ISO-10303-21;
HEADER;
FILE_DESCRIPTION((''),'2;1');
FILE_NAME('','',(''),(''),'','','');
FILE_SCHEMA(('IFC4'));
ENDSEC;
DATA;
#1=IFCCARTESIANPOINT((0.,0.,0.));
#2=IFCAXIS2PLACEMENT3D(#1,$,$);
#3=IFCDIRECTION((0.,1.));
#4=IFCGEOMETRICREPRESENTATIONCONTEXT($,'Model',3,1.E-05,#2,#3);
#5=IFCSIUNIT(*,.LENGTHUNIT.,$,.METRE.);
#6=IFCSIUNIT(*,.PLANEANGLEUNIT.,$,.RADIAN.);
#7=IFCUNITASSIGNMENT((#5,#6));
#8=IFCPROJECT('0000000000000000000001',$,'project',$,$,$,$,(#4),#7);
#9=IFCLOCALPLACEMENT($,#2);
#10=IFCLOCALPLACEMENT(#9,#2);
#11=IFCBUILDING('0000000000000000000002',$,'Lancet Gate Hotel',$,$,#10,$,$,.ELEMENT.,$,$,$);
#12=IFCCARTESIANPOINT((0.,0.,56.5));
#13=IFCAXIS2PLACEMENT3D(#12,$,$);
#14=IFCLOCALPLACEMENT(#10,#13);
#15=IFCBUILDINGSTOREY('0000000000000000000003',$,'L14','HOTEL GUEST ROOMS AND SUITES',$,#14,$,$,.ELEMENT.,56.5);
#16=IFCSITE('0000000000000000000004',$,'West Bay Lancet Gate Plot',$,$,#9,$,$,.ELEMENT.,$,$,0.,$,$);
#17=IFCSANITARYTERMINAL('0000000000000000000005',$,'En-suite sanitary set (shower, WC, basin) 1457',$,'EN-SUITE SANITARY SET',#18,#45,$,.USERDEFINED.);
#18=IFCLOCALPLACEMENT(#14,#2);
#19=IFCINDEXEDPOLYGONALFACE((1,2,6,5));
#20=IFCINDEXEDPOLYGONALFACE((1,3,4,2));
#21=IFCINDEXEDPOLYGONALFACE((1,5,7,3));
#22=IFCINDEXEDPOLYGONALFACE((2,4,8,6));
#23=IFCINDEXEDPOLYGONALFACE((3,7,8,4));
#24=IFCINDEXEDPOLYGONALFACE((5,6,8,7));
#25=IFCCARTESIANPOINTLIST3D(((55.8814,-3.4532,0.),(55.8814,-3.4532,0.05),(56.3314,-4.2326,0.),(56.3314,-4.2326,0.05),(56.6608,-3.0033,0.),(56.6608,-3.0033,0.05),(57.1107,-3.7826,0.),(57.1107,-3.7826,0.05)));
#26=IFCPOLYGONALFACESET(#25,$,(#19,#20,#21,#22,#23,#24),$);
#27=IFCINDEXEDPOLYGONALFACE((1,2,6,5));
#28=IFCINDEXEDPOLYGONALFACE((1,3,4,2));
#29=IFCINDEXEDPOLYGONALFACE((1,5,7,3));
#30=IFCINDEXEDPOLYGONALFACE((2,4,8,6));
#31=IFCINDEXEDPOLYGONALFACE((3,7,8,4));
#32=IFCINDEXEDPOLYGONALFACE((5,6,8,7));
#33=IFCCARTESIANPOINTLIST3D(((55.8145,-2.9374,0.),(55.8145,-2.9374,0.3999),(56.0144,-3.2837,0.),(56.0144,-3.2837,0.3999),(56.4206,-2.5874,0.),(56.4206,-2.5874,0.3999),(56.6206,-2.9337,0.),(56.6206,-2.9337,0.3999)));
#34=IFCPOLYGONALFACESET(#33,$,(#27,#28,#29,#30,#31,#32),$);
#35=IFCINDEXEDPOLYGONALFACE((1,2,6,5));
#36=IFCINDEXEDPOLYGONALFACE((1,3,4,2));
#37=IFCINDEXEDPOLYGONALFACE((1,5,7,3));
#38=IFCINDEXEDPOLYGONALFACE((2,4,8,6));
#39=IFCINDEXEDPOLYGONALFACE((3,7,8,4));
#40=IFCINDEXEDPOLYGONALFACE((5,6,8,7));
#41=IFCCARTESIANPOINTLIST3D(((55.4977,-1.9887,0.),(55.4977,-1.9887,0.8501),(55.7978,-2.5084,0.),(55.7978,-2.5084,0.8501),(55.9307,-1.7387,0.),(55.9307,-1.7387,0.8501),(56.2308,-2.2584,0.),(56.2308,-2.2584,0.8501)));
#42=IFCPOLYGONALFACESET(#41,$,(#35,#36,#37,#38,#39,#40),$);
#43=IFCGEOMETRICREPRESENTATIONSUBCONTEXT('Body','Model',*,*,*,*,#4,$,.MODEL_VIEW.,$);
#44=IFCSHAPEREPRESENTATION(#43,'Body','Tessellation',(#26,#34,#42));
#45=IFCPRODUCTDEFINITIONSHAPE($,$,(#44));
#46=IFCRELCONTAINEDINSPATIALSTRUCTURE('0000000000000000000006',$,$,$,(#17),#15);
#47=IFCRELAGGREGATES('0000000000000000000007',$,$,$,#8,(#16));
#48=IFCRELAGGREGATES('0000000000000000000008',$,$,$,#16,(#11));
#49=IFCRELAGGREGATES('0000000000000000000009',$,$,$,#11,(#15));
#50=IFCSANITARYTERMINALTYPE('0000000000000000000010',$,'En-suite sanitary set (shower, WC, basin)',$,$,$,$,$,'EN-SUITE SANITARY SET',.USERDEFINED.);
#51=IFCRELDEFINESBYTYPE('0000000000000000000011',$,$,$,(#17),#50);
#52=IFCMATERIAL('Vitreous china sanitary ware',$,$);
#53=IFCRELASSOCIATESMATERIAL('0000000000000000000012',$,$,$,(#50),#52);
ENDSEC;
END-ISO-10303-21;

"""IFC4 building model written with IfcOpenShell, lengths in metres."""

from ifc_helpers import new_model, si_unit, direction, frame, origin, origin_2d, place, context, subcontext, project, spatial, rectangle, extrude, material, type_object, element, save


model = new_model("IFC4")

# Units and contexts
model_context = context("Model", 3, precision=1e-05, world=origin(), true_north=direction((0.0, 1.0)))
body_context = subcontext(model_context, "Body", "Model", "MODEL_VIEW")
ifc_project = project(units=[si_unit("LENGTHUNIT", "METRE"), si_unit("PLANEANGLEUNIT", "RADIAN")], contexts=[model_context])

# Site, building, storey
site_placement = place(None, origin())
site = spatial("IfcSite", under=ifc_project, at=site_placement, Name="West Bay Lancet Gate Plot", CompositionType="ELEMENT", RefElevation=0.0)
building_placement = place(site_placement, origin())
building = spatial("IfcBuilding", under=site, at=building_placement, Name="Lancet Gate Hotel", CompositionType="ELEMENT")
storey_placement = place(building_placement, frame((0.0, 0.0, 56.5)))
storey = spatial("IfcBuildingStorey", under=building, at=storey_placement, Name="L14", Description="HOTEL GUEST ROOMS AND SUITES", CompositionType="ELEMENT", Elevation=56.5)

# Sanitary terminal
ifc_material_1 = material(Name="Vitreous china sanitary ware")
sanitary_terminal_type = type_object("IfcSanitaryTerminalType", Name="En-suite sanitary set (shower, WC, basin)", ElementType="EN-SUITE SANITARY SET", PredefinedType="USERDEFINED", material=ifc_material_1)
sanitary_terminal_placement = place(storey_placement, frame((56.4961, -3.6179, 0.0), z_axis=(0.0, 0.0, 1.0), x_axis=(1.0, 0.0, 0.0)))
element("IfcSanitaryTerminal", 1, at=sanitary_terminal_placement, inside=storey, type_object=sanitary_terminal_type, Name="En-suite sanitary set (shower, WC, basin) 1457", ObjectType="EN-SUITE SANITARY SET", PredefinedType="USERDEFINED", context=body_context, shape_type="SweptSolid", body=[
    extrude(rectangle(XDim=0.8999, YDim=0.8999, at=origin_2d()), frame((0.0, 0.0, 0.0), z_axis=(0.0, 0.0, 1.0), x_axis=(0.5, -0.866025, 0.0)), (0.0, 0.0, 1.0), 0.05),
    extrude(rectangle(XDim=0.3999, YDim=0.7, at=origin_2d()), frame((-0.2786, 0.6824, 0.0), z_axis=(0.0, 0.0, 1.0), x_axis=(0.5, -0.866025, 0.0)), (0.0, 0.0, 1.0), 0.3999),
    extrude(rectangle(XDim=0.6001, YDim=0.5, at=origin_2d()), frame((-0.6318, 1.4944, 0.0), z_axis=(0.0, 0.0, 1.0), x_axis=(0.5, -0.866025, 0.0)), (0.0, 0.0, 1.0), 0.8501),
])

save(model, "model.ifc")
